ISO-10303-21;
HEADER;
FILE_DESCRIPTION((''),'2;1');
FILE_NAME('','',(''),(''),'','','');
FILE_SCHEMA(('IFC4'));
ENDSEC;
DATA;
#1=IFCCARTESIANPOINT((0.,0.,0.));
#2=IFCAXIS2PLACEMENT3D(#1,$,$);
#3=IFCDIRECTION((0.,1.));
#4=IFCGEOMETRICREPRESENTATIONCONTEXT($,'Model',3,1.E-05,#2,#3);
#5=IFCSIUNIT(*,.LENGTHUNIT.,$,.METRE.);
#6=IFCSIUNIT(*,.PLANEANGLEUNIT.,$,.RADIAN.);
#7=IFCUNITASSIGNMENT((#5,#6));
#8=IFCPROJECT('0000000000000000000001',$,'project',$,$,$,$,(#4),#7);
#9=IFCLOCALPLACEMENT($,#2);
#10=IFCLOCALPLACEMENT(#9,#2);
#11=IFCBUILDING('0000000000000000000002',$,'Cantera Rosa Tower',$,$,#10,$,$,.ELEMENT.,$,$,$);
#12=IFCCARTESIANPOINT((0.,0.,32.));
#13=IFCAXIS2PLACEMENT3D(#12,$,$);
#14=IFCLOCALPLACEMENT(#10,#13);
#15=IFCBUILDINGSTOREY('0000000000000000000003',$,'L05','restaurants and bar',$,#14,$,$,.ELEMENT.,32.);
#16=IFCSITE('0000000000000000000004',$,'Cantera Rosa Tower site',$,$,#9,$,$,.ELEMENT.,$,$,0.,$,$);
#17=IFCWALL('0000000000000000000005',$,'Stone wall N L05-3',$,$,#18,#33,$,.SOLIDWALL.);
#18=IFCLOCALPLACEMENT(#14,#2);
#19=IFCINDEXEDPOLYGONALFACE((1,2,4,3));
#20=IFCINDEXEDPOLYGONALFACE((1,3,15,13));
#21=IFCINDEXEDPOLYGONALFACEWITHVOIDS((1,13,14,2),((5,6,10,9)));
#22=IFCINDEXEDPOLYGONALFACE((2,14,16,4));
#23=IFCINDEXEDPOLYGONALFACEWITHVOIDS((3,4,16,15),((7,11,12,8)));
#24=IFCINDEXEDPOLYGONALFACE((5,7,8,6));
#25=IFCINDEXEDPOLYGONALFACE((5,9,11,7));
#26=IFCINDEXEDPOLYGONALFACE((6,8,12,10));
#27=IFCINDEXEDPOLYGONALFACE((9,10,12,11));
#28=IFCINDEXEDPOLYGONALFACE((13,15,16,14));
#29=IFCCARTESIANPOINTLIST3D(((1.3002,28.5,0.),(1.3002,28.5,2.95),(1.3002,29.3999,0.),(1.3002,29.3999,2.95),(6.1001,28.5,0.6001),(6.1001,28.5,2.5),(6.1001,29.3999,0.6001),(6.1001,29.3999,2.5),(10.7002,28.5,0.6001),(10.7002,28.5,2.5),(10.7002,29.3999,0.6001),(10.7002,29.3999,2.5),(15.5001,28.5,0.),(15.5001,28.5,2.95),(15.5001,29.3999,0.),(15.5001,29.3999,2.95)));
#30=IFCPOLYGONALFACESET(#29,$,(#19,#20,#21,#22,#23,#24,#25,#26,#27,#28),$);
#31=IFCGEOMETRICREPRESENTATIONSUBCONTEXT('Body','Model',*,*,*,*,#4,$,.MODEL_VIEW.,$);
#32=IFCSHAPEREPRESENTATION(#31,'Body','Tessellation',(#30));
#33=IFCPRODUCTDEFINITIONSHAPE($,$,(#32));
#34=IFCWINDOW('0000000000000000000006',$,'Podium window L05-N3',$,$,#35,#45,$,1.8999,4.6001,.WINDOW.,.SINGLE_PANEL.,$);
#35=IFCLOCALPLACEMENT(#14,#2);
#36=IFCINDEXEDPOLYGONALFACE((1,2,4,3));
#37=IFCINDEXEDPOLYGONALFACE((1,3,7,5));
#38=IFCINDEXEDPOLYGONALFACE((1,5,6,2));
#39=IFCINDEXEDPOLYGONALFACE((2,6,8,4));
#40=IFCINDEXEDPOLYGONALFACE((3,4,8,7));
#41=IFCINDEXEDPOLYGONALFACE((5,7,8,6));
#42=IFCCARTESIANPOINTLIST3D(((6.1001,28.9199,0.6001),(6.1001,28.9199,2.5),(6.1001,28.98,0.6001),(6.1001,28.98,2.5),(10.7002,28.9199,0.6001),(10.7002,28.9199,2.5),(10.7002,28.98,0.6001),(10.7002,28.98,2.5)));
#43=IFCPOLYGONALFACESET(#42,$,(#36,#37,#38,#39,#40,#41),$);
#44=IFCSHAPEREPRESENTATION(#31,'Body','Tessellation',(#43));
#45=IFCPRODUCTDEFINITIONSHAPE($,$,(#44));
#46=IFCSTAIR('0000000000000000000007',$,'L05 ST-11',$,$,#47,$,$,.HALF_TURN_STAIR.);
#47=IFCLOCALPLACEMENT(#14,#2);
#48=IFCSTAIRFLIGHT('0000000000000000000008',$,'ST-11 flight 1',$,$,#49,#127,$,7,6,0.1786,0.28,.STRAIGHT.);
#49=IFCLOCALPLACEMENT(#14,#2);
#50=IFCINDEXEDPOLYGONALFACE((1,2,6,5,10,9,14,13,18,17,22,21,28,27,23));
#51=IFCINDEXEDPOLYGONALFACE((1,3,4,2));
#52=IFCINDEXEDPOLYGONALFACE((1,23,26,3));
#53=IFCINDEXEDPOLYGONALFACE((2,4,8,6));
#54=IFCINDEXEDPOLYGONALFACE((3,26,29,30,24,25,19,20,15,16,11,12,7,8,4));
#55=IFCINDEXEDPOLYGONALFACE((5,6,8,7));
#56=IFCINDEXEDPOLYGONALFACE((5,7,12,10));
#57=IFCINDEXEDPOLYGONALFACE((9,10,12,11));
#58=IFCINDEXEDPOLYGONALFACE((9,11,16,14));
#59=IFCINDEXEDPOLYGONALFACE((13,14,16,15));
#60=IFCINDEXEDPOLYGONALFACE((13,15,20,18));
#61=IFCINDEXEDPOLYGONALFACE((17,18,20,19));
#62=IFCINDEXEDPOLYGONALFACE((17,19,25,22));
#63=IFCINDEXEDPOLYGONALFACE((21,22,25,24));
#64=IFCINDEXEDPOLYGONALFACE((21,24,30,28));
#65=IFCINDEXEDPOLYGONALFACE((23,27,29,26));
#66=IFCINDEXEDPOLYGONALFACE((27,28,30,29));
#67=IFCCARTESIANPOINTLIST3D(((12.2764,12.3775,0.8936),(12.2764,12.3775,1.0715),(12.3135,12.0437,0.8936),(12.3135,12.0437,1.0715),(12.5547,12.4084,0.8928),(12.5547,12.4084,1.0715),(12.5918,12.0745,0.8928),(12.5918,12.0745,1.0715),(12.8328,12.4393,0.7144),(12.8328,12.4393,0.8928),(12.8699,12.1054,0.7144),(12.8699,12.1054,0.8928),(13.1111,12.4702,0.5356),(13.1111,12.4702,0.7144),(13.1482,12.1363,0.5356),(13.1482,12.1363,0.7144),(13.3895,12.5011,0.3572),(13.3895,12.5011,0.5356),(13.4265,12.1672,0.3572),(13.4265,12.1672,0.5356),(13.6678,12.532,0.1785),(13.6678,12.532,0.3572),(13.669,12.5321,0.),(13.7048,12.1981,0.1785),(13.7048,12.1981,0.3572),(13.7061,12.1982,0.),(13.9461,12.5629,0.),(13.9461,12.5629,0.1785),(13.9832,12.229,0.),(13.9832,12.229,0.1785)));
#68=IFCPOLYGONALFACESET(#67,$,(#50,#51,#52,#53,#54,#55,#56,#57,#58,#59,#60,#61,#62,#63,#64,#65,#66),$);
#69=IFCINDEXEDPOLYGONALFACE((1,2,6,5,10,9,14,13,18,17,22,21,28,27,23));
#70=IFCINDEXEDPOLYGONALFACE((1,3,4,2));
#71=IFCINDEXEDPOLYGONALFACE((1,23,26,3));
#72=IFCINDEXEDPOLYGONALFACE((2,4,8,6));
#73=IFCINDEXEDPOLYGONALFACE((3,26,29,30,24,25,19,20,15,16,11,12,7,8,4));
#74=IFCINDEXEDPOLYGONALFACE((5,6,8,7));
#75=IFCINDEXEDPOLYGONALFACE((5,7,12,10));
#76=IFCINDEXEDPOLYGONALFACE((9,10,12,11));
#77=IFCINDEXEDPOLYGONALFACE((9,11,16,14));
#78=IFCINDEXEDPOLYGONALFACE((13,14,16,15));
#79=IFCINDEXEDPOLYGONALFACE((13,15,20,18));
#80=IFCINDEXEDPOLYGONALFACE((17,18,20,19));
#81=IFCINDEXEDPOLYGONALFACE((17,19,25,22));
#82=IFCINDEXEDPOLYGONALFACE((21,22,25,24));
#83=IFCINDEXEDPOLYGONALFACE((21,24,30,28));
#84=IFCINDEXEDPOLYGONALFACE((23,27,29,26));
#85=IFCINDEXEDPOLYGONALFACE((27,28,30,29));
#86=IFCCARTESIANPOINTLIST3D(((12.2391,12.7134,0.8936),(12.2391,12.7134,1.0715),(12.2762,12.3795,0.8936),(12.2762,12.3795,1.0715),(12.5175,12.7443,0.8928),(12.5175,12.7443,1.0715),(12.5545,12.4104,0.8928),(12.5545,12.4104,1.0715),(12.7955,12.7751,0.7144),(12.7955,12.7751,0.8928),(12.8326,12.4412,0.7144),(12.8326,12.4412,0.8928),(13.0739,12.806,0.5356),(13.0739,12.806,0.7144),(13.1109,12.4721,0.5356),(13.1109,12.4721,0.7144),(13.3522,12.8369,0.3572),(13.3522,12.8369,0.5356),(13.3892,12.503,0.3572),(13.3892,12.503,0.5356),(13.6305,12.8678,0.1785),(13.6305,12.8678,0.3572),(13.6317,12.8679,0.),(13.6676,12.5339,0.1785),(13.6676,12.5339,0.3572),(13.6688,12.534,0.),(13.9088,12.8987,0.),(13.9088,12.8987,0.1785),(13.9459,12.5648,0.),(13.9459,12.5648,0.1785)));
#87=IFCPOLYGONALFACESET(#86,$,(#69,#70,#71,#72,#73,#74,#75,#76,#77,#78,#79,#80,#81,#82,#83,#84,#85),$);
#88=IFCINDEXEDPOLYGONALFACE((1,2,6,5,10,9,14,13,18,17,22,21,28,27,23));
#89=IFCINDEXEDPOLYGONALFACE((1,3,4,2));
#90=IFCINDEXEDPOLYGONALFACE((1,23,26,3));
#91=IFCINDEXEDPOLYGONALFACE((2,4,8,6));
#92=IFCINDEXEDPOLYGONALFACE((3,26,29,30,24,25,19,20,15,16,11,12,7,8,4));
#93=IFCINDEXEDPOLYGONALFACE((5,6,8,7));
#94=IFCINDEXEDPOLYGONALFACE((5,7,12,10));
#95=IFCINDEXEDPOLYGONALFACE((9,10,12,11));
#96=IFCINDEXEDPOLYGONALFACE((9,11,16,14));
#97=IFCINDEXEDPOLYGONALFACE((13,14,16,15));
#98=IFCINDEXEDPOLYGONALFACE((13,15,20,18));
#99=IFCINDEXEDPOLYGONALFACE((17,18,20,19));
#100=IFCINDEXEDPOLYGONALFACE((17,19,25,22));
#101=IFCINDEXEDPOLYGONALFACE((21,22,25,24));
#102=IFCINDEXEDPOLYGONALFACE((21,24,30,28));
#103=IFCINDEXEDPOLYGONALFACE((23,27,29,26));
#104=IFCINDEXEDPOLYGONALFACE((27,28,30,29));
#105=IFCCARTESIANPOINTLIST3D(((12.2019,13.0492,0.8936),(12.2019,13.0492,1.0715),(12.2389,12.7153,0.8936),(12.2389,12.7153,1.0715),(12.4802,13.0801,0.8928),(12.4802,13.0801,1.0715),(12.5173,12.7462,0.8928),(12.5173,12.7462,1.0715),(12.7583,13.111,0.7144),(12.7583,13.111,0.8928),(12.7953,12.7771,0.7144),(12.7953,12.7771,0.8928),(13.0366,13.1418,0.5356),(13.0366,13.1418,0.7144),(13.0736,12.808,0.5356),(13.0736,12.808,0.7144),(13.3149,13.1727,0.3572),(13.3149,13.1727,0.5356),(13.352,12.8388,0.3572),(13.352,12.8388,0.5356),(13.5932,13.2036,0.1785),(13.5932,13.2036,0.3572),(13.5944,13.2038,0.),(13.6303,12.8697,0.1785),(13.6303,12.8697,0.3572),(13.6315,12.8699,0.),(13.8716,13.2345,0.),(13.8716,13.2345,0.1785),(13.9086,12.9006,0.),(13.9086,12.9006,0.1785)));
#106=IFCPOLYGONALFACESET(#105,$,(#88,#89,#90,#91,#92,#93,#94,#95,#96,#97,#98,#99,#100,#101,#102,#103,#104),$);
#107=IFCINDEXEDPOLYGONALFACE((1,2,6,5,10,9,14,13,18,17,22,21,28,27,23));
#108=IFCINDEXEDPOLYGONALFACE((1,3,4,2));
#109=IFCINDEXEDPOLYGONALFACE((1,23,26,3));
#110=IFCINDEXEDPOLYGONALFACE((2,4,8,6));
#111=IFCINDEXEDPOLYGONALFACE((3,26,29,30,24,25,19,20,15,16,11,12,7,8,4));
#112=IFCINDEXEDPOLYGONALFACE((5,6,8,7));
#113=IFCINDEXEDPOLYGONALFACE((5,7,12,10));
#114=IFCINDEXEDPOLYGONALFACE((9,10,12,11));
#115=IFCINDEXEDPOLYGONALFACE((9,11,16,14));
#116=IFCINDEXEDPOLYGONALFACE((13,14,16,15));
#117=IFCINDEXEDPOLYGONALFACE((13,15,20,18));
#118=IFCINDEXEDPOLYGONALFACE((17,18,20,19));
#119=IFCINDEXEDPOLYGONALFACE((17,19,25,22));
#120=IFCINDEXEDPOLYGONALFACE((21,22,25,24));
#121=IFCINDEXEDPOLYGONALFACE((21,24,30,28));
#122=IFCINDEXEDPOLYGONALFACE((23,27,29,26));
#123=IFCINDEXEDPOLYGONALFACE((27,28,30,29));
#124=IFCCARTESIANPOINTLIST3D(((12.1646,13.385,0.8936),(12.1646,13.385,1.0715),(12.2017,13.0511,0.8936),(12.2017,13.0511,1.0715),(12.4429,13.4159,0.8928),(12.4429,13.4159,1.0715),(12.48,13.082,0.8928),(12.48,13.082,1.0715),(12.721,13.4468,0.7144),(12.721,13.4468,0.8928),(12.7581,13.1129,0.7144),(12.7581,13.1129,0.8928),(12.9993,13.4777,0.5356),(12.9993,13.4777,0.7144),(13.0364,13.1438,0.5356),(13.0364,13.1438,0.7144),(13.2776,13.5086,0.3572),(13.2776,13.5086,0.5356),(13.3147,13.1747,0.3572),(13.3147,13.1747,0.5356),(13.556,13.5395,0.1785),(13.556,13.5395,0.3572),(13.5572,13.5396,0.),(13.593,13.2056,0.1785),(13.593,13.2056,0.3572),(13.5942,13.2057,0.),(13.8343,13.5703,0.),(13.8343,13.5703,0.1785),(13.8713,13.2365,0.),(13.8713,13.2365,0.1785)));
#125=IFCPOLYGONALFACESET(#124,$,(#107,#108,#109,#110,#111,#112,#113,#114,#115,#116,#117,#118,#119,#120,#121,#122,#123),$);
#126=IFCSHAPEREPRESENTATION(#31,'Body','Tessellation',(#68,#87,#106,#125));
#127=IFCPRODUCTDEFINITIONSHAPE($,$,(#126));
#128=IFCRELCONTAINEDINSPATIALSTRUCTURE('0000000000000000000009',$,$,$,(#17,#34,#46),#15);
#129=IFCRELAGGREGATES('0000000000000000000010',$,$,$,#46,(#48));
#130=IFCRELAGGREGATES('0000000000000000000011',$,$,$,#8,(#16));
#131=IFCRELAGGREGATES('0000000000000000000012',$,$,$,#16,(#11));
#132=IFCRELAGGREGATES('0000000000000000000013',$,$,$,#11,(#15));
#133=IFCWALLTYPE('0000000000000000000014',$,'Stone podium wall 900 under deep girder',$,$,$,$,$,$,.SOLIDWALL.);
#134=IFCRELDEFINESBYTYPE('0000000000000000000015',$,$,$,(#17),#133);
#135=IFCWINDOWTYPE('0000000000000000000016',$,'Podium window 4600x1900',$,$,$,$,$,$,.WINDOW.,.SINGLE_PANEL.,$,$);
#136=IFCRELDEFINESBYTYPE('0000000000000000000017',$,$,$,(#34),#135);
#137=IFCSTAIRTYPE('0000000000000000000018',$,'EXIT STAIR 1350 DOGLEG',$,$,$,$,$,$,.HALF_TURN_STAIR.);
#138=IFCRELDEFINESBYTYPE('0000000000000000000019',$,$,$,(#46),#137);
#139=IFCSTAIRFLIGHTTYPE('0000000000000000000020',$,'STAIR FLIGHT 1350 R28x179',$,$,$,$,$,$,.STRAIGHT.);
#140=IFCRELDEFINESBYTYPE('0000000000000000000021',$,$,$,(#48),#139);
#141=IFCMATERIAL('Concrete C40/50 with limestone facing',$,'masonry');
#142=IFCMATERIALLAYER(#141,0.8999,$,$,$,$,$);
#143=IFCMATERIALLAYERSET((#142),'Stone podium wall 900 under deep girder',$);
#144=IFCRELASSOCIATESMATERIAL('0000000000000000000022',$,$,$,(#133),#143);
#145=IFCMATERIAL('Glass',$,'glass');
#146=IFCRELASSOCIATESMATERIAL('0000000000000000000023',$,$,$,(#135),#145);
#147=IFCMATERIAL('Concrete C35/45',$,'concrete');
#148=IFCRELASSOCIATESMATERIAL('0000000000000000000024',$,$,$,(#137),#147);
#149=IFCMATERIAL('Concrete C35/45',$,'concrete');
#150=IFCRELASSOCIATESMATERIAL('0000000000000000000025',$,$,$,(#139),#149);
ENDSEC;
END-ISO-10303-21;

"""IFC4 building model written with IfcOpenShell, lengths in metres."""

from ifc_helpers import new_model, si_unit, direction, frame, frame_2d, origin, place, context, subcontext, project, spatial, polyline, rectangle, outline, extrude, material, layer, layer_set, type_object, element, fill, aggregate, save


model = new_model("IFC4")

# Units and contexts
model_context = context("Model", 3, precision=1e-05, world=origin(), true_north=direction((0.0, 1.0)))
body_context = subcontext(model_context, "Body", "Model", "MODEL_VIEW")
ifc_project = project(units=[si_unit("LENGTHUNIT", "METRE"), si_unit("PLANEANGLEUNIT", "RADIAN")], contexts=[model_context])

# Site, building, storey
site_placement = place(None, origin())
site = spatial("IfcSite", under=ifc_project, at=site_placement, Name="Cantera Rosa Tower site", CompositionType="ELEMENT", RefElevation=0.0)
building_placement = place(site_placement, origin())
building = spatial("IfcBuilding", under=site, at=building_placement, Name="Cantera Rosa Tower", CompositionType="ELEMENT")
storey_placement = place(building_placement, frame((0.0, 0.0, 32.0)))
storey = spatial("IfcBuildingStorey", under=building, at=storey_placement, Name="L05", Description="restaurants and bar", CompositionType="ELEMENT", Elevation=32.0)

# Wall, opening, window
ifc_material_1 = material(Name="Concrete C40/50 with limestone facing", Category="masonry")
ifc_layer_1 = layer(ifc_material_1, 0.8999)
ifc_layer_set_1 = layer_set([ifc_layer_1], Name="Stone podium wall 900 under deep girder")
wall_type_1 = type_object("IfcWallType", Name="Stone podium wall 900 under deep girder", PredefinedType="SOLIDWALL", material=ifc_layer_set_1)
wall_1_placement = place(storey_placement, frame((1.3, 28.95, 0.0), z_axis=(0.0, 0.0, 1.0), x_axis=(1.0, 0.0, 0.0)))
wall_1 = element("IfcWall", 1, at=wall_1_placement, inside=storey, type_object=wall_type_1, Name="Stone wall N L05-3", PredefinedType="SOLIDWALL", context=body_context, shape_type="SweptSolid", body=[
    extrude(rectangle(XDim=14.2, YDim=0.8999, at=frame_2d((7.1001, 0.0))), origin(), (0.0, 0.0, 1.0), 2.95),
])
opening_1_placement = place(wall_1_placement, frame((4.8, 0.0, 0.6001)))
opening_1 = element("IfcOpeningElement", 2, at=opening_1_placement, cuts=wall_1, PredefinedType="OPENING", context=body_context, shape_type="SweptSolid", body=[
    extrude(rectangle(XDim=4.6001, YDim=1.8999, at=frame_2d((2.3, 0.95))), frame((0.0, 0.46, 0.0), z_axis=(0.0, -1.0, 0.0), x_axis=(1.0, 0.0, 0.0)), (0.0, 0.0, 1.0), 0.9199),
])
ifc_material_2 = material(Name="Glass", Category="glass")
window_type = type_object("IfcWindowType", Name="Podium window 4600x1900", PartitioningType="SINGLE_PANEL", PredefinedType="WINDOW", material=ifc_material_2)
window_placement = place(opening_1_placement, origin())
window = element("IfcWindow", 3, at=window_placement, inside=storey, type_object=window_type, Name="Podium window L05-N3", OverallHeight=1.8999, OverallWidth=4.6001, PartitioningType="SINGLE_PANEL", PredefinedType="WINDOW", context=body_context, shape_type="SweptSolid", body=[
    extrude(rectangle(XDim=4.6001, YDim=1.8999, at=frame_2d((2.3, 0.95))), frame((0.0, 0.03, 0.0), z_axis=(0.0, -1.0, 0.0), x_axis=(1.0, 0.0, 0.0)), (0.0, 0.0, 1.0), 0.0601),
])
fill(opening_1, window)

# Stair, stair flight
ifc_material_3 = material(Name="Concrete C35/45", Category="concrete")
stair_type = type_object("IfcStairType", Name="EXIT STAIR 1350 DOGLEG", PredefinedType="HALF_TURN_STAIR", material=ifc_material_3)
stair_placement = place(storey_placement, origin())
stair = element("IfcStair", 4, at=stair_placement, inside=storey, type_object=stair_type, Name="L05 ST-11", PredefinedType="HALF_TURN_STAIR")
ifc_material_4 = material(Name="Concrete C35/45", Category="concrete")
stair_flight_type = type_object("IfcStairFlightType", Name="STAIR FLIGHT 1350 R28x179", PredefinedType="STRAIGHT", material=ifc_material_4)
stair_flight_1_placement = place(storey_placement, frame((13.9087, 12.8999, 0.0), z_axis=(0.0, 0.0, 1.0), x_axis=(-0.993897, -0.110313, 0.0)))
stair_flight_1 = element("IfcStairFlight", 5, at=stair_flight_1_placement, type_object=stair_flight_type, Name="ST-11 flight 1", NumberOfRisers=7, NumberOfTreads=6, PredefinedType="STRAIGHT", RiserHeight=0.1786, TreadLength=0.28, context=body_context, shape_type="SweptSolid", body=[
    extrude(outline(polyline([(0.0, 0.0), (0.0, 0.1785), (0.28, 0.1785), (0.28, 0.3572), (0.5601, 0.3572), (0.5601, 0.5356), (0.8401, 0.5356), (0.8401, 0.7144), (1.1201, 0.7144), (1.1201, 0.8928), (1.3999, 0.8928), (1.3999, 1.0715), (1.6799, 1.0715), (1.6799, 1.25), (1.6799, 0.8936), (0.2788, 0.0), (0.0, 0.0)])), frame((0.0, 0.675, 0.0), z_axis=(0.0, -1.0, 0.0), x_axis=(1.0, 0.0, 0.0)), (0.0, 0.0, 1.0), 0.3359),
    extrude(outline(polyline([(0.0, 0.0), (0.0, 0.1785), (0.28, 0.1785), (0.28, 0.3572), (0.5601, 0.3572), (0.5601, 0.5356), (0.8401, 0.5356), (0.8401, 0.7144), (1.1201, 0.7144), (1.1201, 0.8928), (1.3999, 0.8928), (1.3999, 1.0715), (1.6799, 1.0715), (1.6799, 1.25), (1.6799, 0.8936), (0.2788, 0.0), (0.0, 0.0)])), frame((0.0, 0.3372, 0.0), z_axis=(0.0, -1.0, 0.0), x_axis=(1.0, 0.0, 0.0)), (0.0, 0.0, 1.0), 0.3359),
    extrude(outline(polyline([(0.0, 0.0), (0.0, 0.1785), (0.28, 0.1785), (0.28, 0.3572), (0.5601, 0.3572), (0.5601, 0.5356), (0.8401, 0.5356), (0.8401, 0.7144), (1.1201, 0.7144), (1.1201, 0.8928), (1.3999, 0.8928), (1.3999, 1.0715), (1.6799, 1.0715), (1.6799, 1.25), (1.6799, 0.8936), (0.2788, 0.0), (0.0, 0.0)])), frame((0.0, -0.0007, 0.0), z_axis=(0.0, -1.0, 0.0), x_axis=(1.0, 0.0, 0.0)), (0.0, 0.0, 1.0), 0.3359),
    extrude(outline(polyline([(0.0, 0.0), (0.0, 0.1785), (0.28, 0.1785), (0.28, 0.3572), (0.5601, 0.3572), (0.5601, 0.5356), (0.8401, 0.5356), (0.8401, 0.7144), (1.1201, 0.7144), (1.1201, 0.8928), (1.3999, 0.8928), (1.3999, 1.0715), (1.6799, 1.0715), (1.6799, 1.25), (1.6799, 0.8936), (0.2788, 0.0), (0.0, 0.0)])), frame((0.0, -0.3386, 0.0), z_axis=(0.0, -1.0, 0.0), x_axis=(1.0, 0.0, 0.0)), (0.0, 0.0, 1.0), 0.3359),
])
aggregate(stair, [stair_flight_1])

save(model, "model.ifc")
